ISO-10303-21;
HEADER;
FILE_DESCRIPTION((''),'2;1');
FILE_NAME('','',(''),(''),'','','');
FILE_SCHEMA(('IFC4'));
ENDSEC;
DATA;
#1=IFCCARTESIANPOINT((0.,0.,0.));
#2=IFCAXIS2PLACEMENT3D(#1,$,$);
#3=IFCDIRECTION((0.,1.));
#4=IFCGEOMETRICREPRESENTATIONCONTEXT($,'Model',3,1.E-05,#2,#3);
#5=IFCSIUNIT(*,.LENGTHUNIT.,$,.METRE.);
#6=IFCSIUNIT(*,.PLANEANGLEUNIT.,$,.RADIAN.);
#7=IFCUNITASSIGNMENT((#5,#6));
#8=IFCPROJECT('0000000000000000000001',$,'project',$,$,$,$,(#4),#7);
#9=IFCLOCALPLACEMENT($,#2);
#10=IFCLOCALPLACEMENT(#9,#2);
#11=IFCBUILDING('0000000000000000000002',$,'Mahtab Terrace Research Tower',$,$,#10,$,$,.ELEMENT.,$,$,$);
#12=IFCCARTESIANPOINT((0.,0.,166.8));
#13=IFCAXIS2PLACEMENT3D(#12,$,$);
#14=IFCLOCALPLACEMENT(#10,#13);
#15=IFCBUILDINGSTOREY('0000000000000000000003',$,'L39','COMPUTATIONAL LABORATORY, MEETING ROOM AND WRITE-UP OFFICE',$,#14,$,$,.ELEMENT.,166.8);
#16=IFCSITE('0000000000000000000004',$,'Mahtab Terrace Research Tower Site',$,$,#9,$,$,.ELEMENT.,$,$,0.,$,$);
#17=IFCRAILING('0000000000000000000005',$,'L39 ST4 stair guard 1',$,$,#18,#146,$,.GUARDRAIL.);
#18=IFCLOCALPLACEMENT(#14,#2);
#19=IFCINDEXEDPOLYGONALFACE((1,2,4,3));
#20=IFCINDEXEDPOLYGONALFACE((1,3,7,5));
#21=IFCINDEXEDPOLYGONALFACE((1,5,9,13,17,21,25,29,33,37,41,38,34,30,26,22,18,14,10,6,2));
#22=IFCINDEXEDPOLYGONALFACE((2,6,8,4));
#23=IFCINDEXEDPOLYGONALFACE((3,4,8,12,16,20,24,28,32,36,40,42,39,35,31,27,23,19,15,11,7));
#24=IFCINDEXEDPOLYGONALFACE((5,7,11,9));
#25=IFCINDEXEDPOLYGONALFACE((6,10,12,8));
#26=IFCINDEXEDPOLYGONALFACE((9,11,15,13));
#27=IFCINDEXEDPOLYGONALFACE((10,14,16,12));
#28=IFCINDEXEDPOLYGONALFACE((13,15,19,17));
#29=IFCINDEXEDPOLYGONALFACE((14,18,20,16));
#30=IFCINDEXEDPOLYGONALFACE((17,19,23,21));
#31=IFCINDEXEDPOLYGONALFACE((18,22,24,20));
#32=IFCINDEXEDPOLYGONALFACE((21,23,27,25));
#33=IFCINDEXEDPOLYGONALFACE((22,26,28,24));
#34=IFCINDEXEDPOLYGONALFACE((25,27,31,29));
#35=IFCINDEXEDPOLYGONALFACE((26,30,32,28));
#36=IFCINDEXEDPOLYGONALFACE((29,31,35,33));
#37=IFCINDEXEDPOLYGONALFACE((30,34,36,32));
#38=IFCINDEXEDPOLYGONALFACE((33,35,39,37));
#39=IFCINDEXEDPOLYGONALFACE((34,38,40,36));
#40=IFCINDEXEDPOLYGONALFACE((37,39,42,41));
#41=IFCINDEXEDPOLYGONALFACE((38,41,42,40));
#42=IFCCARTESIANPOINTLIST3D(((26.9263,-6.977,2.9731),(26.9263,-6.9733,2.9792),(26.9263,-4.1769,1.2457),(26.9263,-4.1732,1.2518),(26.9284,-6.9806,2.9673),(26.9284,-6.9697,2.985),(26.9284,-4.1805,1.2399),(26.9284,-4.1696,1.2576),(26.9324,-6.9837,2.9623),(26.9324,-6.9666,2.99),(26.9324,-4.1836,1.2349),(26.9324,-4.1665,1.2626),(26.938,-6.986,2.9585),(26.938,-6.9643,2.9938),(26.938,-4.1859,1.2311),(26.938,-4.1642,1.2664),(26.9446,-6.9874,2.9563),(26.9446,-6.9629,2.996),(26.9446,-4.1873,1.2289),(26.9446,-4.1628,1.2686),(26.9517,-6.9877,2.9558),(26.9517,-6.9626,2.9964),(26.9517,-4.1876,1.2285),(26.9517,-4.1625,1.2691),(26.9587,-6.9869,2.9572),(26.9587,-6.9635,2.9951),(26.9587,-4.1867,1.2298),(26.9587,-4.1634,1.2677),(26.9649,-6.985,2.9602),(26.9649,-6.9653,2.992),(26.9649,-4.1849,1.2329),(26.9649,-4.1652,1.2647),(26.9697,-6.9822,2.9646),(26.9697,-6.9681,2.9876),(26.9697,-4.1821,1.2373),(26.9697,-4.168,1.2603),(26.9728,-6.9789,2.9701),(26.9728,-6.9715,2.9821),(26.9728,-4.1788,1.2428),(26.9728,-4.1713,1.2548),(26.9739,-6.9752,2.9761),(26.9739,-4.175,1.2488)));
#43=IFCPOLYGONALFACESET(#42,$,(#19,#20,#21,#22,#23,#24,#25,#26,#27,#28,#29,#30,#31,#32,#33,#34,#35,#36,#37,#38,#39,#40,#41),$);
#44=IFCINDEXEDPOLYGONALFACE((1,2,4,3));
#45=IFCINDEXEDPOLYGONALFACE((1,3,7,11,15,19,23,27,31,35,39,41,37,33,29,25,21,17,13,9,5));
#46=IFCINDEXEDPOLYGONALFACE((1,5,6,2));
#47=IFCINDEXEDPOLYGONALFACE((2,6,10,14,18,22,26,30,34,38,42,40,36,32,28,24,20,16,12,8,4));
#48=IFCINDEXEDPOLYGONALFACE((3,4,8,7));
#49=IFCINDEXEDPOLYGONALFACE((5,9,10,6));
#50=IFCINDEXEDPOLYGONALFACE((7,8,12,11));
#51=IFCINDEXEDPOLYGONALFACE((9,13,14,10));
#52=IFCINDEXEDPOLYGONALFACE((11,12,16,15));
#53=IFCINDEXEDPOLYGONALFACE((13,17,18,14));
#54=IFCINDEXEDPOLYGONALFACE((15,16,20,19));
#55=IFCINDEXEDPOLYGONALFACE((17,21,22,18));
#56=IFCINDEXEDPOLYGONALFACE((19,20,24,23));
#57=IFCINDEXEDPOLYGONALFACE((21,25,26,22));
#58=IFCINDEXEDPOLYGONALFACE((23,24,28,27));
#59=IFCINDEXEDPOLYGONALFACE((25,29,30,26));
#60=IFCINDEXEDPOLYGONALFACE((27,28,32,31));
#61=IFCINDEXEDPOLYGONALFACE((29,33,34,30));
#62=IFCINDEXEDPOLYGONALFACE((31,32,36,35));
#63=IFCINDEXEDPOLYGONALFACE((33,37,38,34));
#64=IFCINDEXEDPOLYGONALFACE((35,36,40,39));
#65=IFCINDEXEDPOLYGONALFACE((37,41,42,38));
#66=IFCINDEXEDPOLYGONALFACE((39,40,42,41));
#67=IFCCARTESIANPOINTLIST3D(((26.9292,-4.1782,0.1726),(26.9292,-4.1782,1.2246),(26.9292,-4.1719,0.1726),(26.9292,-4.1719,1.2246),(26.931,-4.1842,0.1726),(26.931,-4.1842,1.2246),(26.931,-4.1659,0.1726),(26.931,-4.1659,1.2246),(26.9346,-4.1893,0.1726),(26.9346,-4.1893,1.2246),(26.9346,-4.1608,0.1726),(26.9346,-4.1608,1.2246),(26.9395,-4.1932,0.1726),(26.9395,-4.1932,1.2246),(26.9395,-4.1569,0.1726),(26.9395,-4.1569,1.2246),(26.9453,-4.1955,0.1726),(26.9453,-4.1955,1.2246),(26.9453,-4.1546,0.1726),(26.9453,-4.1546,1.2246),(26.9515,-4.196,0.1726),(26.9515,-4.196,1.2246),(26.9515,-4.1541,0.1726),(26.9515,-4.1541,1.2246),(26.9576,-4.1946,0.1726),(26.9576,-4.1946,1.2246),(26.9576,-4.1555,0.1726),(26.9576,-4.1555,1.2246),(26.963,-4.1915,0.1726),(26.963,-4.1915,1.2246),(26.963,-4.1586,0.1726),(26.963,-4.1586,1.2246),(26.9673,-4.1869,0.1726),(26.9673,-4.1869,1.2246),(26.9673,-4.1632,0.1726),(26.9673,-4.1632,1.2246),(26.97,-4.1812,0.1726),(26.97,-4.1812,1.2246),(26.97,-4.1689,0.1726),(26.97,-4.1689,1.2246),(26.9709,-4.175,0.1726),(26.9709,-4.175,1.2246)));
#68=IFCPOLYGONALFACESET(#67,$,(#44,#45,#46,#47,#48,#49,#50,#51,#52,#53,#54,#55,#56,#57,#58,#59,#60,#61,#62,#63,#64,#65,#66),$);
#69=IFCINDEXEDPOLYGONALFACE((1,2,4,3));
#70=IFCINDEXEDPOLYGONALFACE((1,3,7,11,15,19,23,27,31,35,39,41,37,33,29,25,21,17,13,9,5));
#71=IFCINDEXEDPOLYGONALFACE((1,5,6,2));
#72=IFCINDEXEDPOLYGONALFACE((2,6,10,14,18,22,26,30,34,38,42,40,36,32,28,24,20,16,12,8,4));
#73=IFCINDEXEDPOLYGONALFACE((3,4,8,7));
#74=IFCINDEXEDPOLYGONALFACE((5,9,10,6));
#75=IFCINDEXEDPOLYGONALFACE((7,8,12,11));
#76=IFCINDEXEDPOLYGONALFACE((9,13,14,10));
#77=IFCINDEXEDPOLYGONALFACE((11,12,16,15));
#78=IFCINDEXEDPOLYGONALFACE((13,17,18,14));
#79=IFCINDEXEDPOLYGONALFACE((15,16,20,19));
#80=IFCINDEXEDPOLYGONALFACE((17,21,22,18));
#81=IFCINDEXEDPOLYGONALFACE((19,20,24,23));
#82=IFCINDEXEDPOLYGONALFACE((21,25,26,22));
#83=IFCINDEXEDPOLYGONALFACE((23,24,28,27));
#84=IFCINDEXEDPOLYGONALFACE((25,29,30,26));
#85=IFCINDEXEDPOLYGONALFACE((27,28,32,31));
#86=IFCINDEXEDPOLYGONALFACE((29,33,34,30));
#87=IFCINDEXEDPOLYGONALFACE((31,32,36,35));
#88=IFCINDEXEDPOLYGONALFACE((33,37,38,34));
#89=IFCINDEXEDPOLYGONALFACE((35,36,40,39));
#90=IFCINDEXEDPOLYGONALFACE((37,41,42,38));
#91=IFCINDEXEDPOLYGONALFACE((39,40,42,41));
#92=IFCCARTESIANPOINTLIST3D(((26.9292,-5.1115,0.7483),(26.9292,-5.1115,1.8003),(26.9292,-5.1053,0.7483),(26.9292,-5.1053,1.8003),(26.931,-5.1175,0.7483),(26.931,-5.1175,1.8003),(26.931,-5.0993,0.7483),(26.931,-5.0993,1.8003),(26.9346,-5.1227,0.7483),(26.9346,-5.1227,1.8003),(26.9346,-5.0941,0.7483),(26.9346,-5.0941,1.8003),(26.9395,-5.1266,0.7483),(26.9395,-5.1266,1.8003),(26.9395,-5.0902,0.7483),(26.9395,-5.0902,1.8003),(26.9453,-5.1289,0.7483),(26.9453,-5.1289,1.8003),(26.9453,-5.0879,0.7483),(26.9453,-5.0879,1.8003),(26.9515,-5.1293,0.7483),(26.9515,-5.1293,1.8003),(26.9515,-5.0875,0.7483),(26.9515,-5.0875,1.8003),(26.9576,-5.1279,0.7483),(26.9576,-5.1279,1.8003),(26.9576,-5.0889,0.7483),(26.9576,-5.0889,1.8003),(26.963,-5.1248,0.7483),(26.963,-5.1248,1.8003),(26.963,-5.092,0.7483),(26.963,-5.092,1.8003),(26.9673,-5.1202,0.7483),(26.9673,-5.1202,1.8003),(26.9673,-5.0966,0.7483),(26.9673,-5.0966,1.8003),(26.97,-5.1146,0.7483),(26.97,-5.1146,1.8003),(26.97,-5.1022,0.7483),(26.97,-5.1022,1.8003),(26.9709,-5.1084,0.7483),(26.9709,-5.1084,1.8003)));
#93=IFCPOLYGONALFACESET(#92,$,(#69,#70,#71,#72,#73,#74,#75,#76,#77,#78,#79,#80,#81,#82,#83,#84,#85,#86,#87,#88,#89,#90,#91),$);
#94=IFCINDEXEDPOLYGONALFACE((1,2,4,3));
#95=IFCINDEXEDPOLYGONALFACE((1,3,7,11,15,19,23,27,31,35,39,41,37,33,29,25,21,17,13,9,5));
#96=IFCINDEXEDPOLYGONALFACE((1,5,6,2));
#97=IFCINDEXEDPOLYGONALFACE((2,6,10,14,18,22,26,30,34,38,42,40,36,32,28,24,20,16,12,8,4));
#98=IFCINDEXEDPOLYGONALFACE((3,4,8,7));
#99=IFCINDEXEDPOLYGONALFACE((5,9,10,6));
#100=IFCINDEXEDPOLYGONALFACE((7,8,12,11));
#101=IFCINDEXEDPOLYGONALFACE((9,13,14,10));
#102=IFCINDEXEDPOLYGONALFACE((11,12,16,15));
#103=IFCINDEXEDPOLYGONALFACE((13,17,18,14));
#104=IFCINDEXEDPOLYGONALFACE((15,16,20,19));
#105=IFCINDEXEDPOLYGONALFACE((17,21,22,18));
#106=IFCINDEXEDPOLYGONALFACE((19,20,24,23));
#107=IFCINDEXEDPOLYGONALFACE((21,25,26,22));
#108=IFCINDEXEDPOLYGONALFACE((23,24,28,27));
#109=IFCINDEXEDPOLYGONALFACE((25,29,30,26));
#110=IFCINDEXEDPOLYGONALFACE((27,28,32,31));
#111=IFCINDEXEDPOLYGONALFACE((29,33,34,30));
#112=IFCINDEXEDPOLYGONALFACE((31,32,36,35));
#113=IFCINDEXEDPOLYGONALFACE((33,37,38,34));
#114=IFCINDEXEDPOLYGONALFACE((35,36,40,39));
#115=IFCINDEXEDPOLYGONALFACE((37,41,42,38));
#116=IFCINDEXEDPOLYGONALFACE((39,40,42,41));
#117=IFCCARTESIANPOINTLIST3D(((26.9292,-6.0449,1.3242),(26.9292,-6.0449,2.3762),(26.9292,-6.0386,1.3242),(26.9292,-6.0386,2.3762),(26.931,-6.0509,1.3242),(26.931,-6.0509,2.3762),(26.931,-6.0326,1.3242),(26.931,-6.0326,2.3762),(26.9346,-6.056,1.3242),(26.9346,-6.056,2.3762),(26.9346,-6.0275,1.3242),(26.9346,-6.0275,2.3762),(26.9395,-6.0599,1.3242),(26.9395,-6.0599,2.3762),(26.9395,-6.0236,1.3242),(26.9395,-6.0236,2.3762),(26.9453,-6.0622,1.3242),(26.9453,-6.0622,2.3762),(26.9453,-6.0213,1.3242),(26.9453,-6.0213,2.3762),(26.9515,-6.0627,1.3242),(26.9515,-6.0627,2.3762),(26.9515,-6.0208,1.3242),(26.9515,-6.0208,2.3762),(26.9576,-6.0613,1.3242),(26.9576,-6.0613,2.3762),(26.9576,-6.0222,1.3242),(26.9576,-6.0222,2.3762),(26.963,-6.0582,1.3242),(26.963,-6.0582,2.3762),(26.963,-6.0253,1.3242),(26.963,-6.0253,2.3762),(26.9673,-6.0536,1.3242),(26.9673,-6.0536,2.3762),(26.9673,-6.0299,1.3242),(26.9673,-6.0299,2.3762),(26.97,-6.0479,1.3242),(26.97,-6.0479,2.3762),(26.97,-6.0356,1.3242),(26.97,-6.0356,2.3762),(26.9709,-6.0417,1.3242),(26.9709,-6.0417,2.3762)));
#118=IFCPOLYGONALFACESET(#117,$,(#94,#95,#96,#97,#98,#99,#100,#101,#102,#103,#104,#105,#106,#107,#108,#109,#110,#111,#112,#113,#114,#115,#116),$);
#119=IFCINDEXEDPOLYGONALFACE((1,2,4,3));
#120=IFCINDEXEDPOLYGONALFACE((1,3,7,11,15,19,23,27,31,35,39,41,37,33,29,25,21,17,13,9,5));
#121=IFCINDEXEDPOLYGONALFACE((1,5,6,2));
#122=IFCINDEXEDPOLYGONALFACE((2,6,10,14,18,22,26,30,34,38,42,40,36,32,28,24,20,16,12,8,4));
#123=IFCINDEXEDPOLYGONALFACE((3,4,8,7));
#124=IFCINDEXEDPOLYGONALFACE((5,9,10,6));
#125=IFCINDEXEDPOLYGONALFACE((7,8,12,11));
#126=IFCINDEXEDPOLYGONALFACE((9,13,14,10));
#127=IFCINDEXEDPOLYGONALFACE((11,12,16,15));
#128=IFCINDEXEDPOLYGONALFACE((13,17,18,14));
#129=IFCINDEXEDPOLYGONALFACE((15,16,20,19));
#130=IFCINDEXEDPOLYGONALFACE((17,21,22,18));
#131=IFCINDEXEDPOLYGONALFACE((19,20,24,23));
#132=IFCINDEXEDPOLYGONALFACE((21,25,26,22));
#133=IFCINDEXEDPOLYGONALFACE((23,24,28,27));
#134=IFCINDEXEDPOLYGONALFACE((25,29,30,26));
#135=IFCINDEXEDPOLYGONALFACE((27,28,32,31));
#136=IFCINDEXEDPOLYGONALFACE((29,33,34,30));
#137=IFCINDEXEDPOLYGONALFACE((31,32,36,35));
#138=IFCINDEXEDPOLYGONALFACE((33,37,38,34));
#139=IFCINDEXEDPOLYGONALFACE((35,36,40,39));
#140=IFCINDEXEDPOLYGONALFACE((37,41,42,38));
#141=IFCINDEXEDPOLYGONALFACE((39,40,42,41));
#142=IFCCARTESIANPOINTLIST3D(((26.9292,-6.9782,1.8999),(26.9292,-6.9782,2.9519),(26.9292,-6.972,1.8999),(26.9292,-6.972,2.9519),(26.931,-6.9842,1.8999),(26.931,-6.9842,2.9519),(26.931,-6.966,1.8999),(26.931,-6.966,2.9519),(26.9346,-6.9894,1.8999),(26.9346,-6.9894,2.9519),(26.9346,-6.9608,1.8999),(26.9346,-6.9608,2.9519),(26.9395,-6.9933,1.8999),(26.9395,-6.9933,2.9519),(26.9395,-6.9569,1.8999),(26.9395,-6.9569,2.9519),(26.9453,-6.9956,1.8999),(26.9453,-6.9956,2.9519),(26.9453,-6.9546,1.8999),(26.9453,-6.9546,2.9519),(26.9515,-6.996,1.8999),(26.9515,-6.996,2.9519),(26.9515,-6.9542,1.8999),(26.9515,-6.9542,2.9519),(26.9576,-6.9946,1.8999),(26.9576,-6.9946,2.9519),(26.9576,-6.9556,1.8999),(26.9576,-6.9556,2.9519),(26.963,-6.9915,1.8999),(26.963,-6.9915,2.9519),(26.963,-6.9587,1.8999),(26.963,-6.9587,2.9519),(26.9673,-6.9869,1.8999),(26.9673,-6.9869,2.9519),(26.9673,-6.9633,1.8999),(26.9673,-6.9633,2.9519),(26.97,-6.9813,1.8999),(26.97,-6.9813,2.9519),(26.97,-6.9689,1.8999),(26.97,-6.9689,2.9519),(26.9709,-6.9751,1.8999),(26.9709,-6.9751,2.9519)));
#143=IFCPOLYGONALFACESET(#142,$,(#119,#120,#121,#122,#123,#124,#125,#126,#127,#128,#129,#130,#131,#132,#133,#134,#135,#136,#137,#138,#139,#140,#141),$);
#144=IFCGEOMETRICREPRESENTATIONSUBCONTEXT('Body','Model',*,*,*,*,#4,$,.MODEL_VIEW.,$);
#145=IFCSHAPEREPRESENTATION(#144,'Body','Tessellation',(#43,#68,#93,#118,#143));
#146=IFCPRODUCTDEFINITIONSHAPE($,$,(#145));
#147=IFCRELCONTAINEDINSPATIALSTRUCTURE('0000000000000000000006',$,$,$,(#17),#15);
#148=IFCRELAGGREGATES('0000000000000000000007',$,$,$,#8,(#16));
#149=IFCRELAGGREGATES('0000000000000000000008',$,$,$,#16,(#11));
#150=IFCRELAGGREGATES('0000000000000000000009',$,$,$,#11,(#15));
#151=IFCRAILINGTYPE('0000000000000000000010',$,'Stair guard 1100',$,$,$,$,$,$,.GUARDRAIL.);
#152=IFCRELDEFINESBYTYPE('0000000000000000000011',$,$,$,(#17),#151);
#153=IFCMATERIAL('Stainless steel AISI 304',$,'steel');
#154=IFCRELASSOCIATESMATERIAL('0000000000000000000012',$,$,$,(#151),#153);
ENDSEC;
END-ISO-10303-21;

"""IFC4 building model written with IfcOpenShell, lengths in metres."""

from ifc_helpers import new_model, si_unit, direction, frame, origin, origin_2d, place, context, subcontext, project, spatial, circle, extrude, material, type_object, element, save


model = new_model("IFC4")

# Units and contexts
model_context = context("Model", 3, precision=1e-05, world=origin(), true_north=direction((0.0, 1.0)))
body_context = subcontext(model_context, "Body", "Model", "MODEL_VIEW")
ifc_project = project(units=[si_unit("LENGTHUNIT", "METRE"), si_unit("PLANEANGLEUNIT", "RADIAN")], contexts=[model_context])

# Site, building, storey
site_placement = place(None, origin())
site = spatial("IfcSite", under=ifc_project, at=site_placement, Name="Mahtab Terrace Research Tower Site", CompositionType="ELEMENT", RefElevation=0.0)
building_placement = place(site_placement, origin())
building = spatial("IfcBuilding", under=site, at=building_placement, Name="Mahtab Terrace Research Tower", CompositionType="ELEMENT")
storey_placement = place(building_placement, frame((0.0, 0.0, 166.8)))
storey = spatial("IfcBuildingStorey", under=building, at=storey_placement, Name="L39", Description="COMPUTATIONAL LABORATORY, MEETING ROOM AND WRITE-UP OFFICE", CompositionType="ELEMENT", Elevation=166.8)

# Railing
ifc_material_1 = material(Name="Stainless steel AISI 304", Category="steel")
railing_type_1 = type_object("IfcRailingType", Name="Stair guard 1100", PredefinedType="GUARDRAIL", material=ifc_material_1)
railing_1_placement = place(storey_placement, frame((26.95, -4.175, 0.1726)))
element("IfcRailing", 1, at=railing_1_placement, inside=storey, type_object=railing_type_1, Name="L39 ST4 stair guard 1", PredefinedType="GUARDRAIL", context=body_context, shape_type="SweptSolid", body=[
    extrude(circle(Radius=0.0239, at=origin_2d()), frame((0.0, 0.0, 1.0762), z_axis=(0.0, -0.85109, 0.52502), x_axis=(1.0, 0.0, 0.0)), (0.0, 0.0, 1.0), 3.29),
    extrude(circle(Radius=0.021, at=origin_2d()), origin(), (0.0, 0.0, 1.0), 1.052),
    extrude(circle(Radius=0.021, at=origin_2d()), frame((0.0, -0.9333, 0.5757)), (0.0, 0.0, 1.0), 1.052),
    extrude(circle(Radius=0.021, at=origin_2d()), frame((0.0, -1.8667, 1.1516)), (0.0, 0.0, 1.0), 1.052),
    extrude(circle(Radius=0.021, at=origin_2d()), frame((0.0, -2.8, 1.7273)), (0.0, 0.0, 1.0), 1.052),
])

save(model, "model.ifc")
